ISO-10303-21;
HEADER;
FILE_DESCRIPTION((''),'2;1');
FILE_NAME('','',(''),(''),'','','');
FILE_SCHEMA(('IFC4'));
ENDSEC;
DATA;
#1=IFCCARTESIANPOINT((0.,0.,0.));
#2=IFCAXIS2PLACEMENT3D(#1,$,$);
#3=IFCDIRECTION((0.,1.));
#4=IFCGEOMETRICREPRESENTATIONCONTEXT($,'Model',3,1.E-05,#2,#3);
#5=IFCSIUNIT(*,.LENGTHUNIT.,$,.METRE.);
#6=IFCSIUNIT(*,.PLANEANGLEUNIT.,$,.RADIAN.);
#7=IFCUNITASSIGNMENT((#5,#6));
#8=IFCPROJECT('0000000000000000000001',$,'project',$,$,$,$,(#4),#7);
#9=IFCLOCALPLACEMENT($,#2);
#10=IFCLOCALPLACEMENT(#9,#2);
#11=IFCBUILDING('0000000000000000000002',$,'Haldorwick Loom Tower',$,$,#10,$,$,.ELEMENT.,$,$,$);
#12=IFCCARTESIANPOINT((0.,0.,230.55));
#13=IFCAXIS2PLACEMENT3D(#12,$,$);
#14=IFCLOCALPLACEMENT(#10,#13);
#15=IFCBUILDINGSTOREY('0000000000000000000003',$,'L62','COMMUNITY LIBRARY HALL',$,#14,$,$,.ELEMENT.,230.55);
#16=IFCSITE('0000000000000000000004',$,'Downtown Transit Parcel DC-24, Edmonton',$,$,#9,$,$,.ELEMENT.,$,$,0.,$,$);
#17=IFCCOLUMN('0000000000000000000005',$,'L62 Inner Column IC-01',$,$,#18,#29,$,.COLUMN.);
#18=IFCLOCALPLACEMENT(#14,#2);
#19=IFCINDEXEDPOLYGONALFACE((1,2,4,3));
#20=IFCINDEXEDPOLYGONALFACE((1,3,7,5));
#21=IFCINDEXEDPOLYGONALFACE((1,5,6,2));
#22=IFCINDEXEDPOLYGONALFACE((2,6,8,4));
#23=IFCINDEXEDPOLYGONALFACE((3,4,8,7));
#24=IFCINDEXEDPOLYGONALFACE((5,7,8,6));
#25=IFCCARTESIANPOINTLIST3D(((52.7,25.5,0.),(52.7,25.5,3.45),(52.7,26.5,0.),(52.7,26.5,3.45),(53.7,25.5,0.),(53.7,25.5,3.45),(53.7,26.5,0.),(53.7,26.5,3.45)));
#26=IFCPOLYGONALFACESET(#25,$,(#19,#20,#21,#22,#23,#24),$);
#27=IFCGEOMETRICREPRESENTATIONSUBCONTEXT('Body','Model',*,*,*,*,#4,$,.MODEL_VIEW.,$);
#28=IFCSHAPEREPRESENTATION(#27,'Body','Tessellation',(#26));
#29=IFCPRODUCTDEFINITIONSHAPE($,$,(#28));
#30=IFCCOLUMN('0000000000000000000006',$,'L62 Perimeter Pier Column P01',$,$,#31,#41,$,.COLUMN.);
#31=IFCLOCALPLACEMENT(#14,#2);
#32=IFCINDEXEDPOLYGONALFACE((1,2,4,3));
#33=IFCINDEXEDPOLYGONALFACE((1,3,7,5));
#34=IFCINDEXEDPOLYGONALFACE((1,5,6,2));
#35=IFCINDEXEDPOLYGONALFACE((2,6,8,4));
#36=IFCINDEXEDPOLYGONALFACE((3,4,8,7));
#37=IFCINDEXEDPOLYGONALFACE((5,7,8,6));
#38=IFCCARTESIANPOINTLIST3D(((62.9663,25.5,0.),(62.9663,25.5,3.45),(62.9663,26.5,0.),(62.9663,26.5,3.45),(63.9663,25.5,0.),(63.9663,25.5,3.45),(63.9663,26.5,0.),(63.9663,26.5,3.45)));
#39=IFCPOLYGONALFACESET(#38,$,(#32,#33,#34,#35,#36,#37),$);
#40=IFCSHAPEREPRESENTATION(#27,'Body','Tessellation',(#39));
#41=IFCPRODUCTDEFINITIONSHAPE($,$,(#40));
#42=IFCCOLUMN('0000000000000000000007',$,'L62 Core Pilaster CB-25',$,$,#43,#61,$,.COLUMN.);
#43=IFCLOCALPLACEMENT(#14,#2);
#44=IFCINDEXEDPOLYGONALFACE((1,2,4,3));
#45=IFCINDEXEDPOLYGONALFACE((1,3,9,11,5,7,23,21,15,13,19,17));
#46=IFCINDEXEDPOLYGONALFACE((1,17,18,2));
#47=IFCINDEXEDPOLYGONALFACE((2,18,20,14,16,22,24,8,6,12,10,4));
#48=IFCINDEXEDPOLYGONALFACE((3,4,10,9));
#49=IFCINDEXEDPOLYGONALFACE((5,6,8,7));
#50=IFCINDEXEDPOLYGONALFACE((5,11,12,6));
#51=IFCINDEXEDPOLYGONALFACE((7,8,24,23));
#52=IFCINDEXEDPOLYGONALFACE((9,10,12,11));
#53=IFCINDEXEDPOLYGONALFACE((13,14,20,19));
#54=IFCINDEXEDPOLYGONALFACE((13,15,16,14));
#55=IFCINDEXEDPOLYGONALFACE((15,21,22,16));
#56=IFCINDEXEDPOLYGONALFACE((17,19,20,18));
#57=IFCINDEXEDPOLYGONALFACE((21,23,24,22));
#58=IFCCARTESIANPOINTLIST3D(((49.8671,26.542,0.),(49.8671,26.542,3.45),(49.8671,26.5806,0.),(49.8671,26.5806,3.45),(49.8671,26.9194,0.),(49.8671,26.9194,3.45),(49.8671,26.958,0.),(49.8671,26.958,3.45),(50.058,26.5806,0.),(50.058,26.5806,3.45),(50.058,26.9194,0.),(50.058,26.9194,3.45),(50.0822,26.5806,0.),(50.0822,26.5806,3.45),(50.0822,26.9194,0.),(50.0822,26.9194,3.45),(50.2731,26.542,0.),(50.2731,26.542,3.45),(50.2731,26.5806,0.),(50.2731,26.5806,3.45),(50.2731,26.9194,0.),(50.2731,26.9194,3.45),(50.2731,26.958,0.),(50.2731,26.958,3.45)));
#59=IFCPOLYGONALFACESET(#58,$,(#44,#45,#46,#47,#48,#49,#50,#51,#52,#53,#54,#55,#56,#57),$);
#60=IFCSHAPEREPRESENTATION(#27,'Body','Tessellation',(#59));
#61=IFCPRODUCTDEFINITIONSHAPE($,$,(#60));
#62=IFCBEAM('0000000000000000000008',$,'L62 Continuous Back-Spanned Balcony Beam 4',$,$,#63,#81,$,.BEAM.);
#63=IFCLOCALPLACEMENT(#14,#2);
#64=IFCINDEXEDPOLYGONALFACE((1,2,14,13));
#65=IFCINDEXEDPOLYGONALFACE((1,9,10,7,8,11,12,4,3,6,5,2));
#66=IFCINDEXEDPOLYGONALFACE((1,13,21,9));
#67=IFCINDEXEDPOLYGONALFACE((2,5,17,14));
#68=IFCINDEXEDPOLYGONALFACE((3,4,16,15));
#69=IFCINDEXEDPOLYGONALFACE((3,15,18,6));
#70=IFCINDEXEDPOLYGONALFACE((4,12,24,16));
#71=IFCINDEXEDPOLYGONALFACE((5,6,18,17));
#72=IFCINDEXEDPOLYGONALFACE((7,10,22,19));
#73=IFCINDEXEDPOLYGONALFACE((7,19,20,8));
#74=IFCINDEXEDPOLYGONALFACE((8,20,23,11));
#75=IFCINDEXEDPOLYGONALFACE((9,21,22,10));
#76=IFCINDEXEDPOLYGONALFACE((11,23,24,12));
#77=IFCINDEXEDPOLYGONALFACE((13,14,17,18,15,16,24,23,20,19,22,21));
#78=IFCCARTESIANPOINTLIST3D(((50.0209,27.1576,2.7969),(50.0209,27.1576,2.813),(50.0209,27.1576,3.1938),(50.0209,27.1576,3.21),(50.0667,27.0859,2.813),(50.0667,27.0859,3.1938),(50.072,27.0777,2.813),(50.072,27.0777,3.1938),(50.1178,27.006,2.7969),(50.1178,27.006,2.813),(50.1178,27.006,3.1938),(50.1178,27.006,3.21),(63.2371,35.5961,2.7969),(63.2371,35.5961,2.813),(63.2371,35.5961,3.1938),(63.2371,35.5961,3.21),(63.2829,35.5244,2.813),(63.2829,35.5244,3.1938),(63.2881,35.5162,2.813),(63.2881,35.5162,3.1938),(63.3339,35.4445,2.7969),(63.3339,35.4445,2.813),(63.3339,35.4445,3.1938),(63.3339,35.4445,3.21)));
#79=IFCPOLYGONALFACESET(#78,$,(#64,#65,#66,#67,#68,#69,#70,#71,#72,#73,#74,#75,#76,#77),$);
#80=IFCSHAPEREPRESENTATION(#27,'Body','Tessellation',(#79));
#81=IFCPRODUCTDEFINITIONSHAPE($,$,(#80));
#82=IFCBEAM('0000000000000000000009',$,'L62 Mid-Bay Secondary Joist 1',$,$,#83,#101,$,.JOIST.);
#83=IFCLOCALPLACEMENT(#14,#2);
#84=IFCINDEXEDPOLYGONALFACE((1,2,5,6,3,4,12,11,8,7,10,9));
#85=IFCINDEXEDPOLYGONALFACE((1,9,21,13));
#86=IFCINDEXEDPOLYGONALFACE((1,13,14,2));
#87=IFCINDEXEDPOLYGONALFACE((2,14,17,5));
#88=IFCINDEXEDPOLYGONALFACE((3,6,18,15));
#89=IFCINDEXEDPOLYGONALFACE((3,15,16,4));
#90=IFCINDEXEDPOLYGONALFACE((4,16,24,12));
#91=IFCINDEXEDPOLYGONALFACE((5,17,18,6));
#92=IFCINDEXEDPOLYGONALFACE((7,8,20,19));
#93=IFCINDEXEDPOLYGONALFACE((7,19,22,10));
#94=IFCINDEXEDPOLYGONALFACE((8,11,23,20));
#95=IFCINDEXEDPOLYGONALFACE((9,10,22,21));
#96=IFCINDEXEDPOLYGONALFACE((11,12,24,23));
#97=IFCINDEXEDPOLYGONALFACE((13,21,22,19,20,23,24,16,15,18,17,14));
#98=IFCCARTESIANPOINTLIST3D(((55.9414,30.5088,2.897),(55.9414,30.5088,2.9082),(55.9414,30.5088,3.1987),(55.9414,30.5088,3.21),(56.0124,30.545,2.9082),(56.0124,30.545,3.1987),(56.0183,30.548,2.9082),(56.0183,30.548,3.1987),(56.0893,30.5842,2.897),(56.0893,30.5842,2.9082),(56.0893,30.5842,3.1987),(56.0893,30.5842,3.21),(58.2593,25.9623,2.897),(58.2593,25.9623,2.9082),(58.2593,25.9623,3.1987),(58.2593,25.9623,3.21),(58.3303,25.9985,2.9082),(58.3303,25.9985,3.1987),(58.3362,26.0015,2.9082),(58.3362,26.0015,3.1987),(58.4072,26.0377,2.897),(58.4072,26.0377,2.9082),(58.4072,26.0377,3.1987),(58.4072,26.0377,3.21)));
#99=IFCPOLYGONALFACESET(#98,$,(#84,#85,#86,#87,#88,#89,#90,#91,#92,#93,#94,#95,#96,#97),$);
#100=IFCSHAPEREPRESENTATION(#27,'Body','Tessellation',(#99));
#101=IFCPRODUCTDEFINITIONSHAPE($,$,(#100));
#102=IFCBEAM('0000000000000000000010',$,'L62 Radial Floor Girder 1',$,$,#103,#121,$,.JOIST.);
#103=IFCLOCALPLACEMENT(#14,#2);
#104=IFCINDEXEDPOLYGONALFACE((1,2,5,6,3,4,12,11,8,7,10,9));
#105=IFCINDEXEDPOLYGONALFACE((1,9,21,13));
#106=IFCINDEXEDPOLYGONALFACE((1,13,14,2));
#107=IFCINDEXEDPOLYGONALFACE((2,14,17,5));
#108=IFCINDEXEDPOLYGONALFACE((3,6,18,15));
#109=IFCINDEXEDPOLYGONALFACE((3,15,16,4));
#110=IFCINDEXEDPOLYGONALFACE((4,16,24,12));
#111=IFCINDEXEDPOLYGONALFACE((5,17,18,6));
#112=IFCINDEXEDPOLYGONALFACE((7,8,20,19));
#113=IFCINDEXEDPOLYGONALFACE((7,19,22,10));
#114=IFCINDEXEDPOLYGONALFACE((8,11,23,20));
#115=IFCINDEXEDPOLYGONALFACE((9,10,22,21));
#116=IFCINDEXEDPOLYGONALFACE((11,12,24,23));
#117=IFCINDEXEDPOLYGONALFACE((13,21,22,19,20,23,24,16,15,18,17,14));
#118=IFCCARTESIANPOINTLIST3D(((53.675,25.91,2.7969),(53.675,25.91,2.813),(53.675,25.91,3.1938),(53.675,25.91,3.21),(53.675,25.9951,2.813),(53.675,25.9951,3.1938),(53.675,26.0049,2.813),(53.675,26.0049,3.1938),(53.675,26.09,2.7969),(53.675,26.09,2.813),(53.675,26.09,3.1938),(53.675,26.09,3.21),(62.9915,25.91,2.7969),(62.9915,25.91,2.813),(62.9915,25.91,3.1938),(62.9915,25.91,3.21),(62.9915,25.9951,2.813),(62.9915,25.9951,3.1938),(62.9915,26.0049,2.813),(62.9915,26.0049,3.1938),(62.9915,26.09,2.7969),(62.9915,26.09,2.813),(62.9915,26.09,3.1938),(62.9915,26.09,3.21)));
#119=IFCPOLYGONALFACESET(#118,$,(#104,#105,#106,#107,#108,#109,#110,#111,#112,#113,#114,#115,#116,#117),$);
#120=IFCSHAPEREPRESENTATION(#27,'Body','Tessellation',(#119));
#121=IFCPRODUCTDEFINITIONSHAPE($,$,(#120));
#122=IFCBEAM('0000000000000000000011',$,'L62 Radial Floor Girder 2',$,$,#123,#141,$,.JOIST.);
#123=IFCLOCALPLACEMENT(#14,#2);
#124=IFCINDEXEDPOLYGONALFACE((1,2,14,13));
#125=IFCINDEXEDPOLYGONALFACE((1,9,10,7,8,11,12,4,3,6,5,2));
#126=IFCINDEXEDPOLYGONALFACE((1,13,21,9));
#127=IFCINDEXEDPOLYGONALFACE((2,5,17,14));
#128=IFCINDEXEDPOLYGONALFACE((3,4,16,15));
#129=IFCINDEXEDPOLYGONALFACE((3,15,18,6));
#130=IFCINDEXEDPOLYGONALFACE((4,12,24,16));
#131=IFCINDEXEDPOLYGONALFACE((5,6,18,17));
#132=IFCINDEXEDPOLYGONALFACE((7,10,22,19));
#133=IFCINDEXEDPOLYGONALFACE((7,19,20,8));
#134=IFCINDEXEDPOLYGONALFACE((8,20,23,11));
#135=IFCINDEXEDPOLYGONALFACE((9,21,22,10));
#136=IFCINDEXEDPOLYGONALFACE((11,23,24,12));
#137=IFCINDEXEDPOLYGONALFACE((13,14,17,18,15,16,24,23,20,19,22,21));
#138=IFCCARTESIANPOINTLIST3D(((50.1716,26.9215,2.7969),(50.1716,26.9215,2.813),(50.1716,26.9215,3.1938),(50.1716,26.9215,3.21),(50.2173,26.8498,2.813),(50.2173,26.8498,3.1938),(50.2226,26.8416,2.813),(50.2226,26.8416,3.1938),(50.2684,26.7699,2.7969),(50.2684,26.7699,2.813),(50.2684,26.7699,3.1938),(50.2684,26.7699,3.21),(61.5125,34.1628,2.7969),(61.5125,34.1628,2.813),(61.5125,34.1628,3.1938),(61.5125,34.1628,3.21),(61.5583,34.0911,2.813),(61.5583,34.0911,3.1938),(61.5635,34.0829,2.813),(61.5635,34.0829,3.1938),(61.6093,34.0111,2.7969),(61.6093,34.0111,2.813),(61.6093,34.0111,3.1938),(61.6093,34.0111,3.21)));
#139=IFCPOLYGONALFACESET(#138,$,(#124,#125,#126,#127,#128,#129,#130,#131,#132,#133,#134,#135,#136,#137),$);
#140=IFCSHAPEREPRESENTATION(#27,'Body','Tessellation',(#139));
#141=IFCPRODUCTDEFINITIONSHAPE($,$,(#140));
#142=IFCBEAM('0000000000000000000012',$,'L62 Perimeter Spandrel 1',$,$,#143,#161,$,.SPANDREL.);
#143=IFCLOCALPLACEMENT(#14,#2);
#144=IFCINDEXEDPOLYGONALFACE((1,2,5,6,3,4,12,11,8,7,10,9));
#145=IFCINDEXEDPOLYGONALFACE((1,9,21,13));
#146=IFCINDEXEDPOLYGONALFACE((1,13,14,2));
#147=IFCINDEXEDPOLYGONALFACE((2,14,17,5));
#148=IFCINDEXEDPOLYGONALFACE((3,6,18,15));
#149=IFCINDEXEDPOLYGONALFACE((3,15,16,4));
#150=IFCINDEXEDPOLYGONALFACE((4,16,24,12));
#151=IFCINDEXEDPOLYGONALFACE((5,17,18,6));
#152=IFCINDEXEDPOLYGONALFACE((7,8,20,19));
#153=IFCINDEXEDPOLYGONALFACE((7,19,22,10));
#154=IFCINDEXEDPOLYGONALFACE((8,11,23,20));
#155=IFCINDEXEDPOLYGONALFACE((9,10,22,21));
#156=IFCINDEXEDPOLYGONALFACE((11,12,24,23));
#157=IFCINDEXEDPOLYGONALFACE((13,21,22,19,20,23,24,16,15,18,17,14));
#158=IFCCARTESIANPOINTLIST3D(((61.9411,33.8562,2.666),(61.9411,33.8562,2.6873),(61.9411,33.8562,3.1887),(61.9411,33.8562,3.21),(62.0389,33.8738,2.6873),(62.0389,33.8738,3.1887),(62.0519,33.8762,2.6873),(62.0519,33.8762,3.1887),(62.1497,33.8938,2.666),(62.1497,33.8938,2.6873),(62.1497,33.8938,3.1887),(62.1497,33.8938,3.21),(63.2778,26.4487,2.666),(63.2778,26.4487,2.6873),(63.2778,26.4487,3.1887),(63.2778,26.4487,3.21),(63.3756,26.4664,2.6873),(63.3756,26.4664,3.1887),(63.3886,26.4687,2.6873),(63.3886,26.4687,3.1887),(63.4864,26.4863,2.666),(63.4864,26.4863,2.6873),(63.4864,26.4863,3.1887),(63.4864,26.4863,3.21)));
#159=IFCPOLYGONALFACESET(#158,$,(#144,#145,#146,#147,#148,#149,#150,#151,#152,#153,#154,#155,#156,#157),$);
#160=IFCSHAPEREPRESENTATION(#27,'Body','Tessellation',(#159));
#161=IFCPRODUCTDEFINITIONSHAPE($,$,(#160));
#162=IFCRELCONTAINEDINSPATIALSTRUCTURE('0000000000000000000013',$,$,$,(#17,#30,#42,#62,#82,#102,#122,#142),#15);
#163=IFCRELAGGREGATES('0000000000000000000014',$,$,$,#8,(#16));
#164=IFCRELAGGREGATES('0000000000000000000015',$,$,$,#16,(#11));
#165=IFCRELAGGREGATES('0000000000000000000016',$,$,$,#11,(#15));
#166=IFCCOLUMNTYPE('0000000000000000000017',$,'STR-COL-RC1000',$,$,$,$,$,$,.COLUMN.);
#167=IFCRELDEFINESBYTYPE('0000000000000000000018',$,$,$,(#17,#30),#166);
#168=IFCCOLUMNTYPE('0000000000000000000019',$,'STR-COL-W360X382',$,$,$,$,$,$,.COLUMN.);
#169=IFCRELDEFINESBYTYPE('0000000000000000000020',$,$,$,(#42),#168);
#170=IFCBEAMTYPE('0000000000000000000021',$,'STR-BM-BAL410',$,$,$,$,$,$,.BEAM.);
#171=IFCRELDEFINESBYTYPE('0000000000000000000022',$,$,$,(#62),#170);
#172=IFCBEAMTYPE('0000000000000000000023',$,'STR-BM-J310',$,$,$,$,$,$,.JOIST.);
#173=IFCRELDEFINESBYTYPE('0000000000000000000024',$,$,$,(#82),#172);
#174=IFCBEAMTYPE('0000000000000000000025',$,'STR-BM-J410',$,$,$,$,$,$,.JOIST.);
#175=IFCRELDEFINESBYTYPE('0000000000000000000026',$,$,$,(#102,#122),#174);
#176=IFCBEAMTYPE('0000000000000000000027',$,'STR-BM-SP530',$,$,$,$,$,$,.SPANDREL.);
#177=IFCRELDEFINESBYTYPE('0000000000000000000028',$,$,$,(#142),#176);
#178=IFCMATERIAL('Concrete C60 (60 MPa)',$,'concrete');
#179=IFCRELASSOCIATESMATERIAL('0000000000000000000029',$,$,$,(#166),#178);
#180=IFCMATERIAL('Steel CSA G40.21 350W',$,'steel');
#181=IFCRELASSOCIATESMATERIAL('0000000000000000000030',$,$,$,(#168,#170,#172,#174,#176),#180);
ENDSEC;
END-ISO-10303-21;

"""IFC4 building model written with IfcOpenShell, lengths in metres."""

from ifc_helpers import new_model, si_unit, direction, frame, origin, origin_2d, place, context, subcontext, project, spatial, rectangle, i_section, extrude, material, material_profile, profile_set, type_object, element, save


model = new_model("IFC4")

# Units and contexts
model_context = context("Model", 3, precision=1e-05, world=origin(), true_north=direction((0.0, 1.0)))
body_context = subcontext(model_context, "Body", "Model", "MODEL_VIEW")
ifc_project = project(units=[si_unit("LENGTHUNIT", "METRE"), si_unit("PLANEANGLEUNIT", "RADIAN")], contexts=[model_context])

# Site, building, storey
site_placement = place(None, origin())
site = spatial("IfcSite", under=ifc_project, at=site_placement, Name="Downtown Transit Parcel DC-24, Edmonton", CompositionType="ELEMENT", RefElevation=0.0)
building_placement = place(site_placement, origin())
building = spatial("IfcBuilding", under=site, at=building_placement, Name="Haldorwick Loom Tower", CompositionType="ELEMENT")
storey_placement = place(building_placement, frame((0.0, 0.0, 230.55)))
storey = spatial("IfcBuildingStorey", under=building, at=storey_placement, Name="L62", Description="COMMUNITY LIBRARY HALL", CompositionType="ELEMENT", Elevation=230.55)

# Columns
ifc_material_1 = material(Name="Concrete C60 (60 MPa)", Category="concrete")
ifc_material_profile_1 = material_profile(ifc_material_1, rectangle(XDim=1.0, YDim=1.0, at=origin_2d()), Name="RC1000X1000", Category="concrete")
ifc_profile_set_1 = profile_set([ifc_material_profile_1], Name="Concrete C60 (60 MPa)")
column_type_1 = type_object("IfcColumnType", Name="STR-COL-RC1000", PredefinedType="COLUMN", material=ifc_profile_set_1)
for number, where, z_axis, x_axis, name in (
    (1, (53.2, 26.0, 0.0), (0.0, 0.0, 1.0), (1.0, 0.0, 0.0), "L62 Inner Column IC-01"),
    (2, (63.4663, 26.0, 0.0), (0.0, 0.0, 1.0), (1.0, 0.0, 0.0), "L62 Perimeter Pier Column P01"),
):
    element("IfcColumn", number, at=place(storey_placement, frame(where, z_axis=z_axis, x_axis=x_axis)), inside=storey, type_object=column_type_1, Name=name, PredefinedType="COLUMN", context=body_context, shape_type="SweptSolid", body=[
        extrude(rectangle(XDim=1.0, YDim=1.0, at=origin_2d()), origin(), (0.0, 0.0, 1.0), 3.45),
    ])
ifc_material_2 = material(Name="Steel CSA G40.21 350W", Category="steel")
ifc_material_profile_2 = material_profile(ifc_material_2, i_section(OverallWidth=0.406, OverallDepth=0.416, WebThickness=0.0242, FlangeThickness=0.0386, at=origin_2d()), Name="W360X382", Category="steel")
ifc_profile_set_2 = profile_set([ifc_material_profile_2], Name="Steel CSA G40.21 350W")
column_type_2 = type_object("IfcColumnType", Name="STR-COL-W360X382", PredefinedType="COLUMN", material=ifc_profile_set_2)
column_placement = place(storey_placement, frame((50.0701, 26.75, 0.0), z_axis=(0.0, 0.0, 1.0), x_axis=(1.0, 0.0, 0.0)))
element("IfcColumn", 3, at=column_placement, inside=storey, type_object=column_type_2, Name="L62 Core Pilaster CB-25", PredefinedType="COLUMN", context=body_context, shape_type="SweptSolid", body=[
    extrude(i_section(OverallWidth=0.406, OverallDepth=0.416, WebThickness=0.0242, FlangeThickness=0.0386, at=origin_2d()), origin(), (0.0, 0.0, 1.0), 3.45),
])

# Beams
ifc_material_profile_3 = material_profile(ifc_material_2, i_section(OverallWidth=0.1799, OverallDepth=0.4131, WebThickness=0.0098, FlangeThickness=0.0161, at=origin_2d()), Name="W410X74", Category="steel")
ifc_profile_set_3 = profile_set([ifc_material_profile_3], Name="Steel CSA G40.21 350W")
beam_type_1 = type_object("IfcBeamType", Name="STR-BM-BAL410", PredefinedType="BEAM", material=ifc_profile_set_3)
beam_1_placement = place(storey_placement, frame((50.0693, 27.0818, 3.0034), z_axis=(0.842844, 0.538157, 0.0), x_axis=(-0.538157, 0.842844, 0.0)))
element("IfcBeam", 4, at=beam_1_placement, inside=storey, type_object=beam_type_1, Name="L62 Continuous Back-Spanned Balcony Beam 4", PredefinedType="BEAM", context=body_context, shape_type="SweptSolid", body=[
    extrude(i_section(OverallWidth=0.1799, OverallDepth=0.4131, WebThickness=0.0098, FlangeThickness=0.0161, at=origin_2d()), origin(), (0.0, 0.0, 1.0), 15.6804),
])
ifc_material_profile_4 = material_profile(ifc_material_2, i_section(OverallWidth=0.166, OverallDepth=0.313, WebThickness=0.0066, FlangeThickness=0.0112, at=origin_2d()), Name="W310X45", Category="steel")
ifc_profile_set_4 = profile_set([ifc_material_profile_4], Name="Steel CSA G40.21 350W")
beam_type_2 = type_object("IfcBeamType", Name="STR-BM-J310", PredefinedType="JOIST", material=ifc_profile_set_4)
beam_2_placement = place(storey_placement, frame((58.3333, 26.0, 3.0535), z_axis=(-0.454204, 0.890898, 0.0), x_axis=(-0.890898, -0.454204, 0.0)))
element("IfcBeam", 5, at=beam_2_placement, inside=storey, type_object=beam_type_2, Name="L62 Mid-Bay Secondary Joist 1", PredefinedType="JOIST", context=body_context, shape_type="SweptSolid", body=[
    extrude(i_section(OverallWidth=0.166, OverallDepth=0.313, WebThickness=0.0066, FlangeThickness=0.0112, at=origin_2d()), origin(), (0.0, 0.0, 1.0), 5.1033),
])
ifc_material_profile_5 = material_profile(ifc_material_2, i_section(OverallWidth=0.1799, OverallDepth=0.4131, WebThickness=0.0098, FlangeThickness=0.0161, at=origin_2d()), Name="W410X74", Category="steel")
ifc_profile_set_5 = profile_set([ifc_material_profile_5], Name="Steel CSA G40.21 350W")
beam_type_3 = type_object("IfcBeamType", Name="STR-BM-J410", PredefinedType="JOIST", material=ifc_profile_set_5)
beam_3_placement = place(storey_placement, frame((53.675, 26.0, 3.0034), z_axis=(1.0, 0.0, 0.0), x_axis=(0.0, 1.0, 0.0)))
element("IfcBeam", 6, at=beam_3_placement, inside=storey, type_object=beam_type_3, Name="L62 Radial Floor Girder 1", PredefinedType="JOIST", context=body_context, shape_type="SweptSolid", body=[
    extrude(i_section(OverallWidth=0.1799, OverallDepth=0.4131, WebThickness=0.0098, FlangeThickness=0.0161, at=origin_2d()), origin(), (0.0, 0.0, 1.0), 9.3164),
])
beam_4_placement = place(storey_placement, frame((50.22, 26.8457, 3.0034), z_axis=(0.842842, 0.538162, 0.0), x_axis=(-0.538162, 0.842842, 0.0)))
element("IfcBeam", 7, at=beam_4_placement, inside=storey, type_object=beam_type_3, Name="L62 Radial Floor Girder 2", PredefinedType="JOIST", context=body_context, shape_type="SweptSolid", body=[
    extrude(i_section(OverallWidth=0.1799, OverallDepth=0.4131, WebThickness=0.0098, FlangeThickness=0.0161, at=origin_2d()), origin(), (0.0, 0.0, 1.0), 13.4556),
])
ifc_material_profile_6 = material_profile(ifc_material_2, i_section(OverallWidth=0.2119, OverallDepth=0.5439, WebThickness=0.0132, FlangeThickness=0.0212, at=origin_2d()), Name="W530X123", Category="steel")
ifc_profile_set_6 = profile_set([ifc_material_profile_6], Name="Steel CSA G40.21 350W")
beam_type_4 = type_object("IfcBeamType", Name="STR-BM-SP530", PredefinedType="SPANDREL", material=ifc_profile_set_6)
beam_5_placement = place(storey_placement, frame((63.3821, 26.4675, 2.938), z_axis=(-0.177581, 0.984106, 0.0), x_axis=(-0.984106, -0.177581, 0.0)))
element("IfcBeam", 8, at=beam_5_placement, inside=storey, type_object=beam_type_4, Name="L62 Perimeter Spandrel 1", PredefinedType="SPANDREL", context=body_context, shape_type="SweptSolid", body=[
    extrude(i_section(OverallWidth=0.2119, OverallDepth=0.5439, WebThickness=0.0132, FlangeThickness=0.0212, at=origin_2d()), origin(), (0.0, 0.0, 1.0), 7.5271),
])

save(model, "model.ifc")
